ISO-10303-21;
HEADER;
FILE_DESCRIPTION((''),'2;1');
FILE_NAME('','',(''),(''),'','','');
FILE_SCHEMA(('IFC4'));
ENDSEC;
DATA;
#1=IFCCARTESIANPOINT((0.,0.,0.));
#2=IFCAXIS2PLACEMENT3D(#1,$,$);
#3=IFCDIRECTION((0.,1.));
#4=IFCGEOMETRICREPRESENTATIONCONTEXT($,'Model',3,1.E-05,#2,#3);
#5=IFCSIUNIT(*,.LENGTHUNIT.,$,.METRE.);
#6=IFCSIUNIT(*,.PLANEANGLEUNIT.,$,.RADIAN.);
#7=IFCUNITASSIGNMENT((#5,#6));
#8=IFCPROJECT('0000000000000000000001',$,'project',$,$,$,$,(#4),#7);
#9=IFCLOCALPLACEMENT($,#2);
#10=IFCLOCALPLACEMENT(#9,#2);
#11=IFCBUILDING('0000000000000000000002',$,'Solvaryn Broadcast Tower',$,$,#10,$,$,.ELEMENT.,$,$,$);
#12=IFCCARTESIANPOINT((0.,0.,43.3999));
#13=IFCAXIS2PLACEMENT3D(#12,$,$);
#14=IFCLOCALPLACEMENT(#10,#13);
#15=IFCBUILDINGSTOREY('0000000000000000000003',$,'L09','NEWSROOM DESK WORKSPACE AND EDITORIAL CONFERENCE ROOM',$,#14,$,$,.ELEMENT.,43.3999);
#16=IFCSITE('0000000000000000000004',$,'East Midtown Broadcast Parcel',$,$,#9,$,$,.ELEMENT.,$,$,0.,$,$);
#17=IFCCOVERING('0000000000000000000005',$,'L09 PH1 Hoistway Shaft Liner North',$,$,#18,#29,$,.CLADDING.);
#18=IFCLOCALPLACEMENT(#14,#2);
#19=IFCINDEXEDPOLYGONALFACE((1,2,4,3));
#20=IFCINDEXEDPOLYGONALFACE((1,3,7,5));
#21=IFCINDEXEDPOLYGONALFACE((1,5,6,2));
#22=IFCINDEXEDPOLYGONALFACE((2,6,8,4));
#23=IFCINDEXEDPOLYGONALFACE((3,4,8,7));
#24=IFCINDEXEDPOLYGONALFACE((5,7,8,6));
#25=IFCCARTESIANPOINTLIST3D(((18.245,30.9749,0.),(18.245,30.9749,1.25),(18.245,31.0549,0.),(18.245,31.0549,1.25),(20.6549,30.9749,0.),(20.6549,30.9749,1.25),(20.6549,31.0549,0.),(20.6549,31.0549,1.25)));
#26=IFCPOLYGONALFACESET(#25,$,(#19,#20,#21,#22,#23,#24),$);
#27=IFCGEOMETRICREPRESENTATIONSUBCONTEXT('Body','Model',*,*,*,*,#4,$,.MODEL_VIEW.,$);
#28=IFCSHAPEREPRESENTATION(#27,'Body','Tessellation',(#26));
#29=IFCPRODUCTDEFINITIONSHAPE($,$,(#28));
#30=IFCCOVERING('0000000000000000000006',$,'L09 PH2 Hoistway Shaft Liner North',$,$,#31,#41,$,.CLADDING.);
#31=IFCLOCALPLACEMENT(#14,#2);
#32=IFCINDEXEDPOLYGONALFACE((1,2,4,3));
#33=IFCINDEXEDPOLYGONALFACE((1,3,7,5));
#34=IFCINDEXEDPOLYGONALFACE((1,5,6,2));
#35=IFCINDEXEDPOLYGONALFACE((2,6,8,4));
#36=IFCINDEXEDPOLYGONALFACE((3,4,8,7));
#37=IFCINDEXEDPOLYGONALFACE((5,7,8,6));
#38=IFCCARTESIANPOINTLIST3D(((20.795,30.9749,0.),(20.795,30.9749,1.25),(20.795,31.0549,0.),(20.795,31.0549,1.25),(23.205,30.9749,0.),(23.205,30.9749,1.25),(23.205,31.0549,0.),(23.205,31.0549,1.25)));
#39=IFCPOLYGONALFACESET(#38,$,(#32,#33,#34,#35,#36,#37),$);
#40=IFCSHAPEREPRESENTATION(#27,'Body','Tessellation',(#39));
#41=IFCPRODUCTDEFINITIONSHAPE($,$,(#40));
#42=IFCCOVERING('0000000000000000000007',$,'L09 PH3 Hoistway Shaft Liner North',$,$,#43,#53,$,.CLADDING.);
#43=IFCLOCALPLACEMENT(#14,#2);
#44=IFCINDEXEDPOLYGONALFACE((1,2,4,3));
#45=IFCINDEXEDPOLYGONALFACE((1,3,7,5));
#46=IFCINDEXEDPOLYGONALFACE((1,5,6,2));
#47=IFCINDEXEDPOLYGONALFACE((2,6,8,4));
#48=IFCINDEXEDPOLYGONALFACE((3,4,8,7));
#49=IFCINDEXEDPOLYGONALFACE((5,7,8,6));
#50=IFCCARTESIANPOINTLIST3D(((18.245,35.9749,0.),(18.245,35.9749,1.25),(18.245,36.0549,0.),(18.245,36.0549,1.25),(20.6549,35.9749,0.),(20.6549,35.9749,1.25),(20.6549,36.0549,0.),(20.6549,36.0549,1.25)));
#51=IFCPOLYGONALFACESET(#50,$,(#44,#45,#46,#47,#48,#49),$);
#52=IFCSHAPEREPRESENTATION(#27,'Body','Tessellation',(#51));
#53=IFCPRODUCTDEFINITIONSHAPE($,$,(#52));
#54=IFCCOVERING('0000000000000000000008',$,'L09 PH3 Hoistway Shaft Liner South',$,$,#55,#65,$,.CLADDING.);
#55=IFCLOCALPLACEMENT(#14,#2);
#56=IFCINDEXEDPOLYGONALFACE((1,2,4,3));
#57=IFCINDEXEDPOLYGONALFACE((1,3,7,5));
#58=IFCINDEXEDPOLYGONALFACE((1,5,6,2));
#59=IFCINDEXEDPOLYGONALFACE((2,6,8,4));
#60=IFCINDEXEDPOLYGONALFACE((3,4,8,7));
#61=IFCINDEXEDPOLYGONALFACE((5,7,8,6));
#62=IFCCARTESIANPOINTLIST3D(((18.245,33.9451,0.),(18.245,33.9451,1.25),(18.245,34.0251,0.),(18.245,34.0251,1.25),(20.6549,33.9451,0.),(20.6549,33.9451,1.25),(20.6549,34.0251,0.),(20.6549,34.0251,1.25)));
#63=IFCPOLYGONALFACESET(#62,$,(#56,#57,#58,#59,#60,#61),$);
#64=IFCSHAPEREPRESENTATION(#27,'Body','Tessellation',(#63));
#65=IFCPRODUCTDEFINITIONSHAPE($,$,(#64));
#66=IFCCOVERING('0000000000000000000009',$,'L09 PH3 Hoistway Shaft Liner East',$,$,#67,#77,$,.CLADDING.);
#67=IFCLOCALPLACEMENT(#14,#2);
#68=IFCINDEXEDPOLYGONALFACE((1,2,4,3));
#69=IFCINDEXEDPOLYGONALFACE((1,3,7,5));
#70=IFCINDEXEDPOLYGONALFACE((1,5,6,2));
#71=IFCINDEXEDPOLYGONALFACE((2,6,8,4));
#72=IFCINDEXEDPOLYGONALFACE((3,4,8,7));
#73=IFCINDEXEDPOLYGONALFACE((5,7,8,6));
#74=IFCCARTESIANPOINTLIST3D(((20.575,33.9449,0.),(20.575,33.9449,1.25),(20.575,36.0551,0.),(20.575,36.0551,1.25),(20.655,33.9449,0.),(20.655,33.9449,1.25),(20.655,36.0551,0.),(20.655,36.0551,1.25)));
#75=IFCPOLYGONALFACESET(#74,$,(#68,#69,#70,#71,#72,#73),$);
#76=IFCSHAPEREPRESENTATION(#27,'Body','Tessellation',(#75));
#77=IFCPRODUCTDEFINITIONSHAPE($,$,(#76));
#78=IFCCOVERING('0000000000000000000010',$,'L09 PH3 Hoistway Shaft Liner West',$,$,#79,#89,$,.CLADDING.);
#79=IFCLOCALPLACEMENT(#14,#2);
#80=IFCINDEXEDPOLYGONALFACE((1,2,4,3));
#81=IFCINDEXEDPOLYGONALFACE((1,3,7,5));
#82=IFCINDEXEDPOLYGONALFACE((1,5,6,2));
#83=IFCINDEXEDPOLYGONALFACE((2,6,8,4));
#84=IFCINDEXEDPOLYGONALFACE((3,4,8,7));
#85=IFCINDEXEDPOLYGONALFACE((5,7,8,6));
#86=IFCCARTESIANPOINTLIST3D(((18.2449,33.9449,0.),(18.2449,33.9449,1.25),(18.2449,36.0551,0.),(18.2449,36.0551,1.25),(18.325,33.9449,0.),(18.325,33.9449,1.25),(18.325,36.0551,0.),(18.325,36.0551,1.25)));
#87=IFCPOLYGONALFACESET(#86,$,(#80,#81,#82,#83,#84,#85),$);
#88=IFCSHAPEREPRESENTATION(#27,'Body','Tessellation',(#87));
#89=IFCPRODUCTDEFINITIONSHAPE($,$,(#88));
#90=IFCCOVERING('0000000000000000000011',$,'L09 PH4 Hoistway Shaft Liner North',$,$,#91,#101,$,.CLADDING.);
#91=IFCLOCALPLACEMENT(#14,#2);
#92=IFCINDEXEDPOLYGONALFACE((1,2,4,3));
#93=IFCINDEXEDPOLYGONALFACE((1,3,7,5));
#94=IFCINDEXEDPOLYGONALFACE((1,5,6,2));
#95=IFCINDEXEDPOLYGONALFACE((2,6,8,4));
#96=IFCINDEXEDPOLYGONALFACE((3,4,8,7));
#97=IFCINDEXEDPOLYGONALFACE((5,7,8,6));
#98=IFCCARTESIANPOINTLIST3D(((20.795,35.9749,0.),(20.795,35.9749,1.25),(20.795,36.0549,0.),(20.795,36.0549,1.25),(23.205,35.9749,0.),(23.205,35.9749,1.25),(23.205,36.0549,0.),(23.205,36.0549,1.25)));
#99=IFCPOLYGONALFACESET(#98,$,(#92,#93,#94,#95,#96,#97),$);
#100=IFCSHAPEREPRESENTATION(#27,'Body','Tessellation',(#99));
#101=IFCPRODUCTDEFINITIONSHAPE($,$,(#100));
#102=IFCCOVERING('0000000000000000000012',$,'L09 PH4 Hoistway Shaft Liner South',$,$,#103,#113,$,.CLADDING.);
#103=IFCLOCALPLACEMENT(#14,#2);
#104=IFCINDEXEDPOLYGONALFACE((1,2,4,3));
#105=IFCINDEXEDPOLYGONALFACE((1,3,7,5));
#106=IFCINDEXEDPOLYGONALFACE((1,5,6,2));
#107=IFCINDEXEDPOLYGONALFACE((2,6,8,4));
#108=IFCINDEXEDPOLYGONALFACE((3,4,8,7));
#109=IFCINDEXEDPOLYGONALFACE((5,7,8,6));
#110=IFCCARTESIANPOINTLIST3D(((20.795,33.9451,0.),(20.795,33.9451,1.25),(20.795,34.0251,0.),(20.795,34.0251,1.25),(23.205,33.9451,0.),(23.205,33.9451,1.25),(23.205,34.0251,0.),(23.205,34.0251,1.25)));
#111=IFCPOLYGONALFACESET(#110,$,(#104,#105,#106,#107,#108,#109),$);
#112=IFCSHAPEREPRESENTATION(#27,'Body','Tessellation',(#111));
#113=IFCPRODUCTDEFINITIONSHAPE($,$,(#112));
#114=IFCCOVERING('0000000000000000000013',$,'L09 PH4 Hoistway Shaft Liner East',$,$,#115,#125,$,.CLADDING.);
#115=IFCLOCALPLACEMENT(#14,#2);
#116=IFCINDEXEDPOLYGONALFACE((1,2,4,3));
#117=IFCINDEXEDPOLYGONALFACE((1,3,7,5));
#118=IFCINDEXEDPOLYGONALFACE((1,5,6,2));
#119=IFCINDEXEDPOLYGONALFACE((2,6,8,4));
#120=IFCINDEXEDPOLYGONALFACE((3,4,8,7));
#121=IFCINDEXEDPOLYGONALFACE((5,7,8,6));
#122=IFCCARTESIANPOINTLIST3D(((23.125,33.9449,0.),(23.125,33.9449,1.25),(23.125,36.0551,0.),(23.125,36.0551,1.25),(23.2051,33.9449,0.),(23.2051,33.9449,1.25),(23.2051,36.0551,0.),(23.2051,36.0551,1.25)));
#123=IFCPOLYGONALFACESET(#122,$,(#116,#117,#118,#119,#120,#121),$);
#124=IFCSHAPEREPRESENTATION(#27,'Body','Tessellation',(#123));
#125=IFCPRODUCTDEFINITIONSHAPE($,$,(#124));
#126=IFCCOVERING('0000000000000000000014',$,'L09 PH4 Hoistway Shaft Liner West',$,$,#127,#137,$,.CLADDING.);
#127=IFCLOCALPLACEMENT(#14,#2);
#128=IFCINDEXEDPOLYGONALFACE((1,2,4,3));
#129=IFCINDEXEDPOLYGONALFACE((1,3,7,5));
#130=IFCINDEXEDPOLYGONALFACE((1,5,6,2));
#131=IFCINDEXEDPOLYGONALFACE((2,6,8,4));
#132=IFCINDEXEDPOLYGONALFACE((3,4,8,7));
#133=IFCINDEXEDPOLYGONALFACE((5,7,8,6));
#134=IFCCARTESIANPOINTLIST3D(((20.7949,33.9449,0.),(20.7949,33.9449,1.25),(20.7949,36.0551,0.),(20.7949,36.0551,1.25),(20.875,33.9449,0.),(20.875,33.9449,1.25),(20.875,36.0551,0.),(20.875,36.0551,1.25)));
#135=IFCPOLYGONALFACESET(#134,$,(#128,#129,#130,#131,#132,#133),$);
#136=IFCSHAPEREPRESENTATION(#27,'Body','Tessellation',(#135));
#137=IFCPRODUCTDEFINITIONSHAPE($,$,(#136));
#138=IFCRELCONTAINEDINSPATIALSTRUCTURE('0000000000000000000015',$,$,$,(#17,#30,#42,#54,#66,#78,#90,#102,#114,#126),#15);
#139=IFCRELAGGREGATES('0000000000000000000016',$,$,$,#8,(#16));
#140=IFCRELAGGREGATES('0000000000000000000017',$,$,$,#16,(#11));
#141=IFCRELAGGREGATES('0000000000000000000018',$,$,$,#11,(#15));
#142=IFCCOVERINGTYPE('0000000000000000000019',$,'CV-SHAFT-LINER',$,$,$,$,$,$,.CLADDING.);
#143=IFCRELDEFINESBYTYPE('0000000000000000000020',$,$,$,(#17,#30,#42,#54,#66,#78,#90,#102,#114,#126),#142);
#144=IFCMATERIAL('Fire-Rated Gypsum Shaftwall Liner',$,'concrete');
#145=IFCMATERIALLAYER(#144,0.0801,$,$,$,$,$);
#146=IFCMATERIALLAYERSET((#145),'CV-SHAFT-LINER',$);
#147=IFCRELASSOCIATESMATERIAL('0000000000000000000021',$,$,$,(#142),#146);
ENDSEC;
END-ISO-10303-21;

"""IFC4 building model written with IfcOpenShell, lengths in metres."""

from ifc_helpers import new_model, si_unit, direction, frame, origin, origin_2d, place, context, subcontext, project, spatial, rectangle, extrude, material, layer, layer_set, type_object, element, save


model = new_model("IFC4")

# Units and contexts
model_context = context("Model", 3, precision=1e-05, world=origin(), true_north=direction((0.0, 1.0)))
body_context = subcontext(model_context, "Body", "Model", "MODEL_VIEW")
ifc_project = project(units=[si_unit("LENGTHUNIT", "METRE"), si_unit("PLANEANGLEUNIT", "RADIAN")], contexts=[model_context])

# Site, building, storey
site_placement = place(None, origin())
site = spatial("IfcSite", under=ifc_project, at=site_placement, Name="East Midtown Broadcast Parcel", CompositionType="ELEMENT", RefElevation=0.0)
building_placement = place(site_placement, origin())
building = spatial("IfcBuilding", under=site, at=building_placement, Name="Solvaryn Broadcast Tower", CompositionType="ELEMENT")
storey_placement = place(building_placement, frame((0.0, 0.0, 43.3999)))
storey = spatial("IfcBuildingStorey", under=building, at=storey_placement, Name="L09", Description="NEWSROOM DESK WORKSPACE AND EDITORIAL CONFERENCE ROOM", CompositionType="ELEMENT", Elevation=43.3999)

# Coverings
ifc_material_1 = material(Name="Fire-Rated Gypsum Shaftwall Liner", Category="concrete")
ifc_layer_1 = layer(ifc_material_1, 0.0801)
ifc_layer_set_1 = layer_set([ifc_layer_1], Name="CV-SHAFT-LINER")
covering_type = type_object("IfcCoveringType", Name="CV-SHAFT-LINER", PredefinedType="CLADDING", material=ifc_layer_set_1)
for number, where, z_axis, x_axis, name in (
    (1, (19.45, 31.0149, 0.0), (0.0, 0.0, 1.0), (1.0, 0.0, 0.0), "L09 PH1 Hoistway Shaft Liner North"),
    (2, (22.0, 31.0149, 0.0), (0.0, 0.0, 1.0), (1.0, 0.0, 0.0), "L09 PH2 Hoistway Shaft Liner North"),
    (3, (19.45, 36.0149, 0.0), (0.0, 0.0, 1.0), (1.0, 0.0, 0.0), "L09 PH3 Hoistway Shaft Liner North"),
    (4, (19.45, 33.9851, 0.0), (0.0, 0.0, 1.0), (1.0, 0.0, 0.0), "L09 PH3 Hoistway Shaft Liner South"),
):
    element("IfcCovering", number, at=place(storey_placement, frame(where, z_axis=z_axis, x_axis=x_axis)), inside=storey, type_object=covering_type, Name=name, PredefinedType="CLADDING", context=body_context, shape_type="SweptSolid", body=[
        extrude(rectangle(XDim=2.4099, YDim=0.0801, at=origin_2d()), origin(), (0.0, 0.0, 1.0), 1.25),
    ])
for number, where, z_axis, x_axis, name in (
    (5, (20.615, 35.0, 0.0), (0.0, 0.0, 1.0), (1.0, 0.0, 0.0), "L09 PH3 Hoistway Shaft Liner East"),
    (6, (18.2849, 35.0, 0.0), (0.0, 0.0, 1.0), (1.0, 0.0, 0.0), "L09 PH3 Hoistway Shaft Liner West"),
):
    element("IfcCovering", number, at=place(storey_placement, frame(where, z_axis=z_axis, x_axis=x_axis)), inside=storey, type_object=covering_type, Name=name, PredefinedType="CLADDING", context=body_context, shape_type="SweptSolid", body=[
        extrude(rectangle(XDim=0.0801, YDim=2.1101, at=origin_2d()), origin(), (0.0, 0.0, 1.0), 1.25),
    ])
for number, where, z_axis, x_axis, name in (
    (7, (22.0, 36.0149, 0.0), (0.0, 0.0, 1.0), (1.0, 0.0, 0.0), "L09 PH4 Hoistway Shaft Liner North"),
    (8, (22.0, 33.9851, 0.0), (0.0, 0.0, 1.0), (1.0, 0.0, 0.0), "L09 PH4 Hoistway Shaft Liner South"),
):
    element("IfcCovering", number, at=place(storey_placement, frame(where, z_axis=z_axis, x_axis=x_axis)), inside=storey, type_object=covering_type, Name=name, PredefinedType="CLADDING", context=body_context, shape_type="SweptSolid", body=[
        extrude(rectangle(XDim=2.4099, YDim=0.0801, at=origin_2d()), origin(), (0.0, 0.0, 1.0), 1.25),
    ])
for number, where, z_axis, x_axis, name in (
    (9, (23.165, 35.0, 0.0), (0.0, 0.0, 1.0), (1.0, 0.0, 0.0), "L09 PH4 Hoistway Shaft Liner East"),
    (10, (20.835, 35.0, 0.0), (0.0, 0.0, 1.0), (1.0, 0.0, 0.0), "L09 PH4 Hoistway Shaft Liner West"),
):
    element("IfcCovering", number, at=place(storey_placement, frame(where, z_axis=z_axis, x_axis=x_axis)), inside=storey, type_object=covering_type, Name=name, PredefinedType="CLADDING", context=body_context, shape_type="SweptSolid", body=[
        extrude(rectangle(XDim=0.0801, YDim=2.1101, at=origin_2d()), origin(), (0.0, 0.0, 1.0), 1.25),
    ])

save(model, "model.ifc")
